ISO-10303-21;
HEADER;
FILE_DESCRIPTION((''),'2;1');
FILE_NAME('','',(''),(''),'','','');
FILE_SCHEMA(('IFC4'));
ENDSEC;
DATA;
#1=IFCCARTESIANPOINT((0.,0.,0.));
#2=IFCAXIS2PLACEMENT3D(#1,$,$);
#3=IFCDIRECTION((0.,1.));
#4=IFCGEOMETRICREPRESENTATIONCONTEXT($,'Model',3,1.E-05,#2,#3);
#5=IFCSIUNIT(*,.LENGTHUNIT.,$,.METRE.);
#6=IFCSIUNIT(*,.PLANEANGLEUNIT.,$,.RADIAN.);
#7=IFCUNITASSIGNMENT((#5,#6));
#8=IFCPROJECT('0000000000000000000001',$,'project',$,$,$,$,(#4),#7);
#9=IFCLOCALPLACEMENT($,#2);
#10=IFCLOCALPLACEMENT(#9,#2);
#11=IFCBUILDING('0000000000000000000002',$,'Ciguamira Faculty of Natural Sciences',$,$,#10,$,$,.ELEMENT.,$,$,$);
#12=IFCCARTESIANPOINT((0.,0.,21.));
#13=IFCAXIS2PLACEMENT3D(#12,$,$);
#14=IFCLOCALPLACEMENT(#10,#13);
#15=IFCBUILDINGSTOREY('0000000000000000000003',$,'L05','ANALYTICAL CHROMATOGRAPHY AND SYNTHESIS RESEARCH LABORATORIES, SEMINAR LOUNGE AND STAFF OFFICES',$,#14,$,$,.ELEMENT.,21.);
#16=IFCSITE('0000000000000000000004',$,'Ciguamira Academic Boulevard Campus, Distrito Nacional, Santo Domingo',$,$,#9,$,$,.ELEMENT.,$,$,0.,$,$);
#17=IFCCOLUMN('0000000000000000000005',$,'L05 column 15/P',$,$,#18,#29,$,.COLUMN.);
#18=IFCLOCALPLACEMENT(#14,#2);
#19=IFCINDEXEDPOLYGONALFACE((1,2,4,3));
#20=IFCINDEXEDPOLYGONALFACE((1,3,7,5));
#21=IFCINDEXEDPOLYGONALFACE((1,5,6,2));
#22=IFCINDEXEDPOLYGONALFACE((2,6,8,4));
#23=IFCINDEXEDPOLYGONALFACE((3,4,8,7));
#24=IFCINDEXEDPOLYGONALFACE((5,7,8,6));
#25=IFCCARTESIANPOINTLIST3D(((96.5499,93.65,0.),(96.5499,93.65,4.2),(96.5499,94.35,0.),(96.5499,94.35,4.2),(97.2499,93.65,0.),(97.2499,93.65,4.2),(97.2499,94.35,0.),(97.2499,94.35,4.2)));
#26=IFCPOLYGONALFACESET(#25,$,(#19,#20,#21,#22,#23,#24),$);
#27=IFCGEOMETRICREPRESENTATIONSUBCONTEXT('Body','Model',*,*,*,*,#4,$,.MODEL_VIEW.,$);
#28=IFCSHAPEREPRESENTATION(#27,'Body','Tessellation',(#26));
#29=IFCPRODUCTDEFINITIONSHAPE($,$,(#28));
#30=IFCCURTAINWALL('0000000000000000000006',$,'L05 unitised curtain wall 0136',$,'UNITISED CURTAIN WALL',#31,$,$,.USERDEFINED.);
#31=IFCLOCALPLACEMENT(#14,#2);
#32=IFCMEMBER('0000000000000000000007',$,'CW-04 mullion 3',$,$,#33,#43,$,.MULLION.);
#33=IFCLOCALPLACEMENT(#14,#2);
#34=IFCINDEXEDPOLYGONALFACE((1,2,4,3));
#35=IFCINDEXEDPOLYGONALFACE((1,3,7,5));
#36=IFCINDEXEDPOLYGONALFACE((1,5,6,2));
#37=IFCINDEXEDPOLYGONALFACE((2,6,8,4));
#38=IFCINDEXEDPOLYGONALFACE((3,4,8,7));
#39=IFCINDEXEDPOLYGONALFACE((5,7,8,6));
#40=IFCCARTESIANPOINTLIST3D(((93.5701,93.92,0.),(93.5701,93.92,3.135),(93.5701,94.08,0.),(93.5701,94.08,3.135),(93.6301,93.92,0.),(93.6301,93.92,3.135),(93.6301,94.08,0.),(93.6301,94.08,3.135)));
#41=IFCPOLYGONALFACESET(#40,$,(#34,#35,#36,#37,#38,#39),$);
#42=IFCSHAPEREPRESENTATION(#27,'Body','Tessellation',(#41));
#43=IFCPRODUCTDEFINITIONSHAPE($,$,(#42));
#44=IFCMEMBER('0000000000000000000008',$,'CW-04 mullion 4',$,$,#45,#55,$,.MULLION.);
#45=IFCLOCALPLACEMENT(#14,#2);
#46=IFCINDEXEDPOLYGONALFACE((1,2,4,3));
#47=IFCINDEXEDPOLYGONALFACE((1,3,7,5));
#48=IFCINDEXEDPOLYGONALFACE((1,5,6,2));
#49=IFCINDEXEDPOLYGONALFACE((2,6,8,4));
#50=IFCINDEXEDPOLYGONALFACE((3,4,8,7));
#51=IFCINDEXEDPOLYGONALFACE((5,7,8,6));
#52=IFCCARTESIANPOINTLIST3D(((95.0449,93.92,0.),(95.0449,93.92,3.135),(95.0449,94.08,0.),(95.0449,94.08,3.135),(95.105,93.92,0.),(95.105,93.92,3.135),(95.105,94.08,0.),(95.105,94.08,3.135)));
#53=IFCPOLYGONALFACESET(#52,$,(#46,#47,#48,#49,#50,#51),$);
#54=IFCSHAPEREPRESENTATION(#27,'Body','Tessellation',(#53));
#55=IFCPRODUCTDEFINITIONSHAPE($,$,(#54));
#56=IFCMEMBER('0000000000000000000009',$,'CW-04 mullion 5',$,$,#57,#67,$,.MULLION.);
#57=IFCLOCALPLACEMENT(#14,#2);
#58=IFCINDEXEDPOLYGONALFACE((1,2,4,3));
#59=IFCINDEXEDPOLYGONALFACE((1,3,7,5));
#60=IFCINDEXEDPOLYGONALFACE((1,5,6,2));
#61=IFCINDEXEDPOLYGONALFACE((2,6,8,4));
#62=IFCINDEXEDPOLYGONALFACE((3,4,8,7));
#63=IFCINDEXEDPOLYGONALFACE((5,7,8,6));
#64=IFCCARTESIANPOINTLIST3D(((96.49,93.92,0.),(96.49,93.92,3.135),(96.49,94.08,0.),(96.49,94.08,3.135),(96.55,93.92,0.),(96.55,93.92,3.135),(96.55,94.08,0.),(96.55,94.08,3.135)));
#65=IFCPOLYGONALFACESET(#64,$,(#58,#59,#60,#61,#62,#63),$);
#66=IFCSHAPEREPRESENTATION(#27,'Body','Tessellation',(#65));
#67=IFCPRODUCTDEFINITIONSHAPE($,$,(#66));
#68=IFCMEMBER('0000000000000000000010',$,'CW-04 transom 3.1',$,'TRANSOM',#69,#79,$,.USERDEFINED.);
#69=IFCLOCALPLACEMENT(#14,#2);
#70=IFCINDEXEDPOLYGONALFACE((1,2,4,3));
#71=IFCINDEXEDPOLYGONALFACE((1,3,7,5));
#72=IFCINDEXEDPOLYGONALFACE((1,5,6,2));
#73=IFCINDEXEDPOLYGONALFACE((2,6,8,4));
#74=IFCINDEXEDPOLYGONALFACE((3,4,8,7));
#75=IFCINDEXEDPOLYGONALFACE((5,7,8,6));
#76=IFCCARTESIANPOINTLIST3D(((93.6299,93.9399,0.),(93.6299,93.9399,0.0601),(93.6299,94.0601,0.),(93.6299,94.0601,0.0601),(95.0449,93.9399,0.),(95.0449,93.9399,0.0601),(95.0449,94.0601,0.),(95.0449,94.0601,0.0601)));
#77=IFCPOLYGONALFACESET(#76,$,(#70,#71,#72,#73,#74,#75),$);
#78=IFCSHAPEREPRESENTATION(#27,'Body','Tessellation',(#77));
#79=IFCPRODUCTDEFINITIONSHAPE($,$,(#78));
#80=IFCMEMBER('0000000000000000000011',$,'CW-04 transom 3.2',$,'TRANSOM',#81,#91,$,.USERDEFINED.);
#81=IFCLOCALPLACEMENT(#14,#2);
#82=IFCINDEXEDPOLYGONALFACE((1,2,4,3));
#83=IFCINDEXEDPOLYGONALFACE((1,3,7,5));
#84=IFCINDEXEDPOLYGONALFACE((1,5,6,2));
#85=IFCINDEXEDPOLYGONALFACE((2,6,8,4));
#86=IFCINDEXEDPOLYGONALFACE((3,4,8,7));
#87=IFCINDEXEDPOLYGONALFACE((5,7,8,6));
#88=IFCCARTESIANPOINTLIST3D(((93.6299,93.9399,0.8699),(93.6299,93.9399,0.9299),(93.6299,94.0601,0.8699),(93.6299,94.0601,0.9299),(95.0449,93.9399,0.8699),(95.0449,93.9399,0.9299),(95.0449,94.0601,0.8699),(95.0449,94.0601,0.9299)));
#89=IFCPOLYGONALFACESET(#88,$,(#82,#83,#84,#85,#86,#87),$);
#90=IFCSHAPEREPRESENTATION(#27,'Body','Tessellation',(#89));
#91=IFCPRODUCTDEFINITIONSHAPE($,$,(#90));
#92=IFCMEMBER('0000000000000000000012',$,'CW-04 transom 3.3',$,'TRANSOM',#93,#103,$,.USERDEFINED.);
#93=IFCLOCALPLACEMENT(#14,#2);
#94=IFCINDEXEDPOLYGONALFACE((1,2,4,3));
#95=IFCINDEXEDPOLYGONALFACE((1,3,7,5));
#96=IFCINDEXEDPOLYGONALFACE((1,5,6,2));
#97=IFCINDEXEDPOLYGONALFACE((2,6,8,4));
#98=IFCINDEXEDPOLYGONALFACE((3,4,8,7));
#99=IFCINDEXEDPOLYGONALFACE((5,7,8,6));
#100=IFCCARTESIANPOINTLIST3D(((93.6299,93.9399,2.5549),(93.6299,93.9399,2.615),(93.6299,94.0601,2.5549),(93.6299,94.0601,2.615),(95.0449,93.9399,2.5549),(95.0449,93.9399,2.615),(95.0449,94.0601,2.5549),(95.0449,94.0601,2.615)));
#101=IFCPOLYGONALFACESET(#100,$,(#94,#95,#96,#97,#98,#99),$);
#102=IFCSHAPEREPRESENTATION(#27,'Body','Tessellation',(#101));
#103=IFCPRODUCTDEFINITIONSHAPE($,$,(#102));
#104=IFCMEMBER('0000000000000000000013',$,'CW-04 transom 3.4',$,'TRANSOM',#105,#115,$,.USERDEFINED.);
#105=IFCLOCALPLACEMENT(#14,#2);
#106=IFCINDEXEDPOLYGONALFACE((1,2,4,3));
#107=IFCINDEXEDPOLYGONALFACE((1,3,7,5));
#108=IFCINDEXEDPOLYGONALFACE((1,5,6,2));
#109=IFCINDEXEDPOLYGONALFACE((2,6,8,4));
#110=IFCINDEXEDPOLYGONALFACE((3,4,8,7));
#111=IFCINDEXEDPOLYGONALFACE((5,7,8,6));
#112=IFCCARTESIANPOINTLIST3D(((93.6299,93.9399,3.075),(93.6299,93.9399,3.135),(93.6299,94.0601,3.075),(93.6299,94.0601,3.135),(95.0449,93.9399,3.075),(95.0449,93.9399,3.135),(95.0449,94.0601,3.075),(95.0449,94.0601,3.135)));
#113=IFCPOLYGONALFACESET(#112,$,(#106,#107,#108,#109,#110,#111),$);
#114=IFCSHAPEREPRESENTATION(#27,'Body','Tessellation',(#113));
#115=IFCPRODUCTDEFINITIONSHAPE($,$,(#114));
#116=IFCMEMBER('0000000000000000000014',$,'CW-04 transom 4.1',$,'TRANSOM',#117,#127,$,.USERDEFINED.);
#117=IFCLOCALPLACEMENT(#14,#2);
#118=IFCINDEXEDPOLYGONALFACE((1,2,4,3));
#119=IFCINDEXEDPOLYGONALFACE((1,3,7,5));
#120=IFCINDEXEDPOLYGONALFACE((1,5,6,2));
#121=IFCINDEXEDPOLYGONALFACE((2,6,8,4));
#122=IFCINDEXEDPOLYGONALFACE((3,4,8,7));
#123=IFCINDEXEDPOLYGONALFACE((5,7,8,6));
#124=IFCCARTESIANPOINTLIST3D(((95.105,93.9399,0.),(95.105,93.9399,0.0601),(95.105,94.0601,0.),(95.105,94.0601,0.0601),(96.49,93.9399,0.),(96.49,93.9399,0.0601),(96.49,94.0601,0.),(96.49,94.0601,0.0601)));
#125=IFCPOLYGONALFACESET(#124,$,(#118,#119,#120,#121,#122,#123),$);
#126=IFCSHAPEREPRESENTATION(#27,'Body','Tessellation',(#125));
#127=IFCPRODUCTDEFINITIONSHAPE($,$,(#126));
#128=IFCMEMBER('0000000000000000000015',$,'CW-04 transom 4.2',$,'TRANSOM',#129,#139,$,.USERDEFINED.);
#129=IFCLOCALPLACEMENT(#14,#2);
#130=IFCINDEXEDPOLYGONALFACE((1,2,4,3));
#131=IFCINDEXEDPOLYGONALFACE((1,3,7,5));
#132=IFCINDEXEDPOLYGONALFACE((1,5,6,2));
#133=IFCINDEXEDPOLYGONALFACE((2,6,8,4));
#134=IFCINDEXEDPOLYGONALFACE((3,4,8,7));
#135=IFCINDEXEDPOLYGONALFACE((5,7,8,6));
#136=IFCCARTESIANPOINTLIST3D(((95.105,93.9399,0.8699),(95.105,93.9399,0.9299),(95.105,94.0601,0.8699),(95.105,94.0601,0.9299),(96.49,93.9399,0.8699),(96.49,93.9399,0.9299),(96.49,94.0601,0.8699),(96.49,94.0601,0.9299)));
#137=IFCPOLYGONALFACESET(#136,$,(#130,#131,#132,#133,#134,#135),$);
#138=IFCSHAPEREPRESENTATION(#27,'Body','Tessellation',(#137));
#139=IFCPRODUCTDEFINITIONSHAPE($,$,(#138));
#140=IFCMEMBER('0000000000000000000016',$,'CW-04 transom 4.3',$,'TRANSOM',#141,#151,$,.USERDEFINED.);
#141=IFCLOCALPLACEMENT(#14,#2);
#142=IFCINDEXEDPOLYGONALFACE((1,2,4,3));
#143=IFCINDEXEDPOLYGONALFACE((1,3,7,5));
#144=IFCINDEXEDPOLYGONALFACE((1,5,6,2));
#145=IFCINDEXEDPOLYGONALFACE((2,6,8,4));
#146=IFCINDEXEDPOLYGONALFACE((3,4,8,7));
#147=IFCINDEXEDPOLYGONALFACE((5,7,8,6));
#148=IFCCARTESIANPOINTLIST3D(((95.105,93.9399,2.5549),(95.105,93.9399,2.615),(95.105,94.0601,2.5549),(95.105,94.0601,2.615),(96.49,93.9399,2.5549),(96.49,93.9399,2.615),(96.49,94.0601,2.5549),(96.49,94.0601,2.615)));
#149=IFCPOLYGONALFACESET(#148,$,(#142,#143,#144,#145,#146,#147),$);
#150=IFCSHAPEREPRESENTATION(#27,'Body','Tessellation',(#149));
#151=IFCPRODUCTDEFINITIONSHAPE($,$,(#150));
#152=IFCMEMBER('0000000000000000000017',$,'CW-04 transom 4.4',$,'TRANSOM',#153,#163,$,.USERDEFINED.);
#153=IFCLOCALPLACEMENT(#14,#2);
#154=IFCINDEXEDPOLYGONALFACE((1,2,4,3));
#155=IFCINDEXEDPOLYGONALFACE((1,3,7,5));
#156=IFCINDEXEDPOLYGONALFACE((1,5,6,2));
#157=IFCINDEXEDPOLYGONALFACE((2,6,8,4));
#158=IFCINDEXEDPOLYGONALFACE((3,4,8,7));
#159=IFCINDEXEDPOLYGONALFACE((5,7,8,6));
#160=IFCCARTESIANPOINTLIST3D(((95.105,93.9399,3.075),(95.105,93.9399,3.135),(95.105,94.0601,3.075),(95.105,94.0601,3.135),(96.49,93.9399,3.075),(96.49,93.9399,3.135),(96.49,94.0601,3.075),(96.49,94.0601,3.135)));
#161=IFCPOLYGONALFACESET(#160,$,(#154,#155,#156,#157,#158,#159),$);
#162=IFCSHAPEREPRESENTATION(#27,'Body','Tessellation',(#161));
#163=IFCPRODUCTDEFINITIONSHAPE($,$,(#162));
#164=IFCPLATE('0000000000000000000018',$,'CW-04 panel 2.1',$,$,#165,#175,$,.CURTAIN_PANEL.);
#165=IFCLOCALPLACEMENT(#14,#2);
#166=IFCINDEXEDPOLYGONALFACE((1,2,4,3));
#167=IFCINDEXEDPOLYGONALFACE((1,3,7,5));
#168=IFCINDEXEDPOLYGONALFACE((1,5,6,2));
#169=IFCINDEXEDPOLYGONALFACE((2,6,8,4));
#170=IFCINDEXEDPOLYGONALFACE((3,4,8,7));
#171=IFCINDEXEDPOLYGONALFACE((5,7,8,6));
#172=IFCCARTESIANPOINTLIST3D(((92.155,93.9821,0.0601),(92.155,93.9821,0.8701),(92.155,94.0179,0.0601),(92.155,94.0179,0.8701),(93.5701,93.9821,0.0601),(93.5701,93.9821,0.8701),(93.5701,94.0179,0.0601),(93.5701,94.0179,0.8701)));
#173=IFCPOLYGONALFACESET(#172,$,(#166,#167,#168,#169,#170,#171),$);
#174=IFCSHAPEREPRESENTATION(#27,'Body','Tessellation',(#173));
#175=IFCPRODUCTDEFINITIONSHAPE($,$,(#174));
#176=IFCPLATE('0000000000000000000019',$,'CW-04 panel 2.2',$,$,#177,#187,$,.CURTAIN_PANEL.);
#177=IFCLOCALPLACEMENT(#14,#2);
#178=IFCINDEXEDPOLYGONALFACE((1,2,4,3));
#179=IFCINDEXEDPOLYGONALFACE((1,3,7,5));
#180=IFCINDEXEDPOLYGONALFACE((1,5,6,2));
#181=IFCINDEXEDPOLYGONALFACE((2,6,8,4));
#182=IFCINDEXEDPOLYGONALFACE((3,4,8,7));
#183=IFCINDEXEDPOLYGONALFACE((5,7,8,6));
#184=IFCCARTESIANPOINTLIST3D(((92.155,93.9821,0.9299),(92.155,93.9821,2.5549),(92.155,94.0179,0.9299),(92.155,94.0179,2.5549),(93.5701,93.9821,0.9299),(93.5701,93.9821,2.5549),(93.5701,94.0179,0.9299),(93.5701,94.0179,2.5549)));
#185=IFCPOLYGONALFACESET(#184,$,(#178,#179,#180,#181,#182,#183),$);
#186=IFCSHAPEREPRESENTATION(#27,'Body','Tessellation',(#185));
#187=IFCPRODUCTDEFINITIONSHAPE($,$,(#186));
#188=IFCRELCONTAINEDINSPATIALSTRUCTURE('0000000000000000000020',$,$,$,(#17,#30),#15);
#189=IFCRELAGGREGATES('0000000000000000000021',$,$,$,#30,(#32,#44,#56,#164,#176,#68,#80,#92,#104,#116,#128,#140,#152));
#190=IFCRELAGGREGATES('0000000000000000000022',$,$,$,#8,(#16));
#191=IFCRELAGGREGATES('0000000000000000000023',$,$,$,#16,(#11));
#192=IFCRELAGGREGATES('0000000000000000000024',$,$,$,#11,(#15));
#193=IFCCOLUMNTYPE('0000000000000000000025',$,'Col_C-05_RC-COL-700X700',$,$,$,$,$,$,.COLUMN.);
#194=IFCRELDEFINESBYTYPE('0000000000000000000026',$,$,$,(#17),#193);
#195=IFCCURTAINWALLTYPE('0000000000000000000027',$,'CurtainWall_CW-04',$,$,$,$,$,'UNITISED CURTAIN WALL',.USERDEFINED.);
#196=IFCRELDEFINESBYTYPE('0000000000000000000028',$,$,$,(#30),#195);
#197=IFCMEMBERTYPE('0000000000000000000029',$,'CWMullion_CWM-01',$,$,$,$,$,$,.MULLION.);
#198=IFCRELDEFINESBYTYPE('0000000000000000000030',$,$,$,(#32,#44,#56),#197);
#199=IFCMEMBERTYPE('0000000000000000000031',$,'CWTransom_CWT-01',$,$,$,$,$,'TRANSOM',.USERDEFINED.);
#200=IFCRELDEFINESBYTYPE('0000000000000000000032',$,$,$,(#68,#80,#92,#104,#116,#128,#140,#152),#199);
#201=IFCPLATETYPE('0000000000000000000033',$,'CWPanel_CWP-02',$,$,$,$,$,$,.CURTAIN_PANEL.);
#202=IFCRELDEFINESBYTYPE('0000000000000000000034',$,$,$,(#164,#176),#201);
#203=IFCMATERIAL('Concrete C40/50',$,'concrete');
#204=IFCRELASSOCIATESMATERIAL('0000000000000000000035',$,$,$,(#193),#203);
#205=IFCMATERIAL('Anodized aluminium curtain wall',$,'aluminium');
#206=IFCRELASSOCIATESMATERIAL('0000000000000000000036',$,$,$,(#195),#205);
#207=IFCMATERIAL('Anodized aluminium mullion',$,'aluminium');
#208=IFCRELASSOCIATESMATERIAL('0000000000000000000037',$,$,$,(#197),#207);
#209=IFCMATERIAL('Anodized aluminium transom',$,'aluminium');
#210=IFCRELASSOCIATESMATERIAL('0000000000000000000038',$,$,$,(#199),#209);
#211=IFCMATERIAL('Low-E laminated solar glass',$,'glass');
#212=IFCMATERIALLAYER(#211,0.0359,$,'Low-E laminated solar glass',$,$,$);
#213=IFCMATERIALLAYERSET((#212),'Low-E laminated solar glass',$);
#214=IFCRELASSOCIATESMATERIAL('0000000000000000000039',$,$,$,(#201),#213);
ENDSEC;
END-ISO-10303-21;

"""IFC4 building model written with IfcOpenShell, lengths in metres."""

from ifc_helpers import new_model, si_unit, direction, frame, origin, origin_2d, place, context, subcontext, project, spatial, rectangle, extrude, material, layer, layer_set, material_profile, profile_set, type_object, element, aggregate, save


model = new_model("IFC4")

# Units and contexts
model_context = context("Model", 3, precision=1e-05, world=origin(), true_north=direction((0.0, 1.0)))
body_context = subcontext(model_context, "Body", "Model", "MODEL_VIEW")
ifc_project = project(units=[si_unit("LENGTHUNIT", "METRE"), si_unit("PLANEANGLEUNIT", "RADIAN")], contexts=[model_context])

# Site, building, storey
site_placement = place(None, origin())
site = spatial("IfcSite", under=ifc_project, at=site_placement, Name="Ciguamira Academic Boulevard Campus, Distrito Nacional, Santo Domingo", CompositionType="ELEMENT", RefElevation=0.0)
building_placement = place(site_placement, origin())
building = spatial("IfcBuilding", under=site, at=building_placement, Name="Ciguamira Faculty of Natural Sciences", CompositionType="ELEMENT")
storey_placement = place(building_placement, frame((0.0, 0.0, 21.0)))
storey = spatial("IfcBuildingStorey", under=building, at=storey_placement, Name="L05", Description="ANALYTICAL CHROMATOGRAPHY AND SYNTHESIS RESEARCH LABORATORIES, SEMINAR LOUNGE AND STAFF OFFICES", CompositionType="ELEMENT", Elevation=21.0)

# Column
ifc_material_1 = material(Name="Concrete C40/50", Category="concrete")
ifc_material_profile_1 = material_profile(ifc_material_1, rectangle(XDim=0.7, YDim=0.7, at=origin_2d()), Name="RC-COL-700X700")
ifc_profile_set_1 = profile_set([ifc_material_profile_1], Name="Concrete C40/50")
column_type = type_object("IfcColumnType", Name="Col_C-05_RC-COL-700X700", PredefinedType="COLUMN", material=ifc_profile_set_1)
column_placement = place(storey_placement, frame((96.8999, 94.0, 0.0), z_axis=(0.0, 0.0, 1.0), x_axis=(1.0, 0.0, 0.0)))
element("IfcColumn", 1, at=column_placement, inside=storey, type_object=column_type, Name="L05 column 15/P", PredefinedType="COLUMN", context=body_context, shape_type="SweptSolid", body=[
    extrude(rectangle(XDim=0.7, YDim=0.7, at=origin_2d()), origin(), (0.0, 0.0, 1.0), 4.2),
])

# Curtain wall, members, plates
ifc_material_2 = material(Name="Anodized aluminium curtain wall", Category="aluminium")
curtain_wall_type = type_object("IfcCurtainWallType", Name="CurtainWall_CW-04", ElementType="UNITISED CURTAIN WALL", PredefinedType="USERDEFINED", material=ifc_material_2)
curtain_wall_placement = place(storey_placement, origin())
curtain_wall = element("IfcCurtainWall", 2, at=curtain_wall_placement, inside=storey, type_object=curtain_wall_type, Name="L05 unitised curtain wall 0136", ObjectType="UNITISED CURTAIN WALL", PredefinedType="USERDEFINED")
ifc_material_3 = material(Name="Anodized aluminium mullion", Category="aluminium")
ifc_material_profile_2 = material_profile(ifc_material_3, rectangle(XDim=0.0601, YDim=0.1599, at=origin_2d()), Name="ALU-MUL-60X160")
ifc_profile_set_2 = profile_set([ifc_material_profile_2], Name="Anodized aluminium mullion")
member_type_1 = type_object("IfcMemberType", Name="CWMullion_CWM-01", PredefinedType="MULLION", material=ifc_profile_set_2)
member_1_placement = place(storey_placement, frame((93.6001, 94.0, 0.0), z_axis=(0.0, 0.0, 1.0), x_axis=(1.0, 0.0, 0.0)))
member_1 = element("IfcMember", 3, at=member_1_placement, type_object=member_type_1, Name="CW-04 mullion 3", PredefinedType="MULLION", context=body_context, shape_type="SweptSolid", body=[
    extrude(rectangle(XDim=0.0601, YDim=0.1599, at=origin_2d()), origin(), (0.0, 0.0, 1.0), 3.135),
])
member_2_placement = place(storey_placement, frame((95.075, 94.0, 0.0), z_axis=(0.0, 0.0, 1.0), x_axis=(1.0, 0.0, 0.0)))
member_2 = element("IfcMember", 4, at=member_2_placement, type_object=member_type_1, Name="CW-04 mullion 4", PredefinedType="MULLION", context=body_context, shape_type="SweptSolid", body=[
    extrude(rectangle(XDim=0.0601, YDim=0.1599, at=origin_2d()), origin(), (0.0, 0.0, 1.0), 3.135),
])
member_3_placement = place(storey_placement, frame((96.52, 94.0, 0.0), z_axis=(0.0, 0.0, 1.0), x_axis=(1.0, 0.0, 0.0)))
member_3 = element("IfcMember", 5, at=member_3_placement, type_object=member_type_1, Name="CW-04 mullion 5", PredefinedType="MULLION", context=body_context, shape_type="SweptSolid", body=[
    extrude(rectangle(XDim=0.0601, YDim=0.1599, at=origin_2d()), origin(), (0.0, 0.0, 1.0), 3.135),
])
ifc_material_4 = material(Name="Anodized aluminium transom", Category="aluminium")
ifc_material_profile_3 = material_profile(ifc_material_4, rectangle(XDim=0.0601, YDim=0.1201, at=origin_2d()), Name="ALU-TRN-60X120")
ifc_profile_set_3 = profile_set([ifc_material_profile_3], Name="Anodized aluminium transom")
member_type_2 = type_object("IfcMemberType", Name="CWTransom_CWT-01", ElementType="TRANSOM", PredefinedType="USERDEFINED", material=ifc_profile_set_3)
member_4_placement = place(storey_placement, frame((93.6299, 94.0, 0.03), z_axis=(1.0, 0.0, 0.0), x_axis=(0.0, 0.0, 1.0)))
member_4 = element("IfcMember", 6, at=member_4_placement, type_object=member_type_2, Name="CW-04 transom 3.1", ObjectType="TRANSOM", PredefinedType="USERDEFINED", context=body_context, shape_type="SweptSolid", body=[
    extrude(rectangle(XDim=0.0601, YDim=0.1201, at=origin_2d()), origin(), (0.0, 0.0, 1.0), 1.415),
])
member_5_placement = place(storey_placement, frame((93.6299, 94.0, 0.8999), z_axis=(1.0, 0.0, 0.0), x_axis=(0.0, 0.0, 1.0)))
member_5 = element("IfcMember", 7, at=member_5_placement, type_object=member_type_2, Name="CW-04 transom 3.2", ObjectType="TRANSOM", PredefinedType="USERDEFINED", context=body_context, shape_type="SweptSolid", body=[
    extrude(rectangle(XDim=0.0601, YDim=0.1201, at=origin_2d()), origin(), (0.0, 0.0, 1.0), 1.415),
])
member_6_placement = place(storey_placement, frame((93.6299, 94.0, 2.585), z_axis=(1.0, 0.0, 0.0), x_axis=(0.0, 0.0, 1.0)))
member_6 = element("IfcMember", 8, at=member_6_placement, type_object=member_type_2, Name="CW-04 transom 3.3", ObjectType="TRANSOM", PredefinedType="USERDEFINED", context=body_context, shape_type="SweptSolid", body=[
    extrude(rectangle(XDim=0.0601, YDim=0.1201, at=origin_2d()), origin(), (0.0, 0.0, 1.0), 1.415),
])
member_7_placement = place(storey_placement, frame((93.6299, 94.0, 3.105), z_axis=(1.0, 0.0, 0.0), x_axis=(0.0, 0.0, 1.0)))
member_7 = element("IfcMember", 9, at=member_7_placement, type_object=member_type_2, Name="CW-04 transom 3.4", ObjectType="TRANSOM", PredefinedType="USERDEFINED", context=body_context, shape_type="SweptSolid", body=[
    extrude(rectangle(XDim=0.0601, YDim=0.1201, at=origin_2d()), origin(), (0.0, 0.0, 1.0), 1.415),
])
member_8_placement = place(storey_placement, frame((95.105, 94.0, 0.03), z_axis=(1.0, 0.0, 0.0), x_axis=(0.0, 0.0, 1.0)))
member_8 = element("IfcMember", 10, at=member_8_placement, type_object=member_type_2, Name="CW-04 transom 4.1", ObjectType="TRANSOM", PredefinedType="USERDEFINED", context=body_context, shape_type="SweptSolid", body=[
    extrude(rectangle(XDim=0.0601, YDim=0.1201, at=origin_2d()), origin(), (0.0, 0.0, 1.0), 1.385),
])
member_9_placement = place(storey_placement, frame((95.105, 94.0, 0.8999), z_axis=(1.0, 0.0, 0.0), x_axis=(0.0, 0.0, 1.0)))
member_9 = element("IfcMember", 11, at=member_9_placement, type_object=member_type_2, Name="CW-04 transom 4.2", ObjectType="TRANSOM", PredefinedType="USERDEFINED", context=body_context, shape_type="SweptSolid", body=[
    extrude(rectangle(XDim=0.0601, YDim=0.1201, at=origin_2d()), origin(), (0.0, 0.0, 1.0), 1.385),
])
member_10_placement = place(storey_placement, frame((95.105, 94.0, 2.585), z_axis=(1.0, 0.0, 0.0), x_axis=(0.0, 0.0, 1.0)))
member_10 = element("IfcMember", 12, at=member_10_placement, type_object=member_type_2, Name="CW-04 transom 4.3", ObjectType="TRANSOM", PredefinedType="USERDEFINED", context=body_context, shape_type="SweptSolid", body=[
    extrude(rectangle(XDim=0.0601, YDim=0.1201, at=origin_2d()), origin(), (0.0, 0.0, 1.0), 1.385),
])
member_11_placement = place(storey_placement, frame((95.105, 94.0, 3.105), z_axis=(1.0, 0.0, 0.0), x_axis=(0.0, 0.0, 1.0)))
member_11 = element("IfcMember", 13, at=member_11_placement, type_object=member_type_2, Name="CW-04 transom 4.4", ObjectType="TRANSOM", PredefinedType="USERDEFINED", context=body_context, shape_type="SweptSolid", body=[
    extrude(rectangle(XDim=0.0601, YDim=0.1201, at=origin_2d()), origin(), (0.0, 0.0, 1.0), 1.385),
])
ifc_material_5 = material(Name="Low-E laminated solar glass", Category="glass")
ifc_layer = layer(ifc_material_5, 0.0359, Name="Low-E laminated solar glass")
ifc_layer_set = layer_set([ifc_layer], Name="Low-E laminated solar glass")
plate_type = type_object("IfcPlateType", Name="CWPanel_CWP-02", PredefinedType="CURTAIN_PANEL", material=ifc_layer_set)
plate_1_placement = place(storey_placement, frame((92.8625, 94.0, 0.0601), z_axis=(0.0, 0.0, 1.0), x_axis=(1.0, 0.0, 0.0)))
plate_1 = element("IfcPlate", 14, at=plate_1_placement, type_object=plate_type, Name="CW-04 panel 2.1", PredefinedType="CURTAIN_PANEL", context=body_context, shape_type="SweptSolid", body=[
    extrude(rectangle(XDim=1.415, YDim=0.0359, at=origin_2d()), origin(), (0.0, 0.0, 1.0), 0.8101),
])
plate_2_placement = place(storey_placement, frame((92.8625, 94.0, 0.9299), z_axis=(0.0, 0.0, 1.0), x_axis=(1.0, 0.0, 0.0)))
plate_2 = element("IfcPlate", 15, at=plate_2_placement, type_object=plate_type, Name="CW-04 panel 2.2", PredefinedType="CURTAIN_PANEL", context=body_context, shape_type="SweptSolid", body=[
    extrude(rectangle(XDim=1.415, YDim=0.0359, at=origin_2d()), origin(), (0.0, 0.0, 1.0), 1.625),
])
aggregate(curtain_wall, [member_1, member_2, member_3, plate_1, plate_2, member_4, member_5, member_6, member_7, member_8, member_9, member_10, member_11])

save(model, "model.ifc")
